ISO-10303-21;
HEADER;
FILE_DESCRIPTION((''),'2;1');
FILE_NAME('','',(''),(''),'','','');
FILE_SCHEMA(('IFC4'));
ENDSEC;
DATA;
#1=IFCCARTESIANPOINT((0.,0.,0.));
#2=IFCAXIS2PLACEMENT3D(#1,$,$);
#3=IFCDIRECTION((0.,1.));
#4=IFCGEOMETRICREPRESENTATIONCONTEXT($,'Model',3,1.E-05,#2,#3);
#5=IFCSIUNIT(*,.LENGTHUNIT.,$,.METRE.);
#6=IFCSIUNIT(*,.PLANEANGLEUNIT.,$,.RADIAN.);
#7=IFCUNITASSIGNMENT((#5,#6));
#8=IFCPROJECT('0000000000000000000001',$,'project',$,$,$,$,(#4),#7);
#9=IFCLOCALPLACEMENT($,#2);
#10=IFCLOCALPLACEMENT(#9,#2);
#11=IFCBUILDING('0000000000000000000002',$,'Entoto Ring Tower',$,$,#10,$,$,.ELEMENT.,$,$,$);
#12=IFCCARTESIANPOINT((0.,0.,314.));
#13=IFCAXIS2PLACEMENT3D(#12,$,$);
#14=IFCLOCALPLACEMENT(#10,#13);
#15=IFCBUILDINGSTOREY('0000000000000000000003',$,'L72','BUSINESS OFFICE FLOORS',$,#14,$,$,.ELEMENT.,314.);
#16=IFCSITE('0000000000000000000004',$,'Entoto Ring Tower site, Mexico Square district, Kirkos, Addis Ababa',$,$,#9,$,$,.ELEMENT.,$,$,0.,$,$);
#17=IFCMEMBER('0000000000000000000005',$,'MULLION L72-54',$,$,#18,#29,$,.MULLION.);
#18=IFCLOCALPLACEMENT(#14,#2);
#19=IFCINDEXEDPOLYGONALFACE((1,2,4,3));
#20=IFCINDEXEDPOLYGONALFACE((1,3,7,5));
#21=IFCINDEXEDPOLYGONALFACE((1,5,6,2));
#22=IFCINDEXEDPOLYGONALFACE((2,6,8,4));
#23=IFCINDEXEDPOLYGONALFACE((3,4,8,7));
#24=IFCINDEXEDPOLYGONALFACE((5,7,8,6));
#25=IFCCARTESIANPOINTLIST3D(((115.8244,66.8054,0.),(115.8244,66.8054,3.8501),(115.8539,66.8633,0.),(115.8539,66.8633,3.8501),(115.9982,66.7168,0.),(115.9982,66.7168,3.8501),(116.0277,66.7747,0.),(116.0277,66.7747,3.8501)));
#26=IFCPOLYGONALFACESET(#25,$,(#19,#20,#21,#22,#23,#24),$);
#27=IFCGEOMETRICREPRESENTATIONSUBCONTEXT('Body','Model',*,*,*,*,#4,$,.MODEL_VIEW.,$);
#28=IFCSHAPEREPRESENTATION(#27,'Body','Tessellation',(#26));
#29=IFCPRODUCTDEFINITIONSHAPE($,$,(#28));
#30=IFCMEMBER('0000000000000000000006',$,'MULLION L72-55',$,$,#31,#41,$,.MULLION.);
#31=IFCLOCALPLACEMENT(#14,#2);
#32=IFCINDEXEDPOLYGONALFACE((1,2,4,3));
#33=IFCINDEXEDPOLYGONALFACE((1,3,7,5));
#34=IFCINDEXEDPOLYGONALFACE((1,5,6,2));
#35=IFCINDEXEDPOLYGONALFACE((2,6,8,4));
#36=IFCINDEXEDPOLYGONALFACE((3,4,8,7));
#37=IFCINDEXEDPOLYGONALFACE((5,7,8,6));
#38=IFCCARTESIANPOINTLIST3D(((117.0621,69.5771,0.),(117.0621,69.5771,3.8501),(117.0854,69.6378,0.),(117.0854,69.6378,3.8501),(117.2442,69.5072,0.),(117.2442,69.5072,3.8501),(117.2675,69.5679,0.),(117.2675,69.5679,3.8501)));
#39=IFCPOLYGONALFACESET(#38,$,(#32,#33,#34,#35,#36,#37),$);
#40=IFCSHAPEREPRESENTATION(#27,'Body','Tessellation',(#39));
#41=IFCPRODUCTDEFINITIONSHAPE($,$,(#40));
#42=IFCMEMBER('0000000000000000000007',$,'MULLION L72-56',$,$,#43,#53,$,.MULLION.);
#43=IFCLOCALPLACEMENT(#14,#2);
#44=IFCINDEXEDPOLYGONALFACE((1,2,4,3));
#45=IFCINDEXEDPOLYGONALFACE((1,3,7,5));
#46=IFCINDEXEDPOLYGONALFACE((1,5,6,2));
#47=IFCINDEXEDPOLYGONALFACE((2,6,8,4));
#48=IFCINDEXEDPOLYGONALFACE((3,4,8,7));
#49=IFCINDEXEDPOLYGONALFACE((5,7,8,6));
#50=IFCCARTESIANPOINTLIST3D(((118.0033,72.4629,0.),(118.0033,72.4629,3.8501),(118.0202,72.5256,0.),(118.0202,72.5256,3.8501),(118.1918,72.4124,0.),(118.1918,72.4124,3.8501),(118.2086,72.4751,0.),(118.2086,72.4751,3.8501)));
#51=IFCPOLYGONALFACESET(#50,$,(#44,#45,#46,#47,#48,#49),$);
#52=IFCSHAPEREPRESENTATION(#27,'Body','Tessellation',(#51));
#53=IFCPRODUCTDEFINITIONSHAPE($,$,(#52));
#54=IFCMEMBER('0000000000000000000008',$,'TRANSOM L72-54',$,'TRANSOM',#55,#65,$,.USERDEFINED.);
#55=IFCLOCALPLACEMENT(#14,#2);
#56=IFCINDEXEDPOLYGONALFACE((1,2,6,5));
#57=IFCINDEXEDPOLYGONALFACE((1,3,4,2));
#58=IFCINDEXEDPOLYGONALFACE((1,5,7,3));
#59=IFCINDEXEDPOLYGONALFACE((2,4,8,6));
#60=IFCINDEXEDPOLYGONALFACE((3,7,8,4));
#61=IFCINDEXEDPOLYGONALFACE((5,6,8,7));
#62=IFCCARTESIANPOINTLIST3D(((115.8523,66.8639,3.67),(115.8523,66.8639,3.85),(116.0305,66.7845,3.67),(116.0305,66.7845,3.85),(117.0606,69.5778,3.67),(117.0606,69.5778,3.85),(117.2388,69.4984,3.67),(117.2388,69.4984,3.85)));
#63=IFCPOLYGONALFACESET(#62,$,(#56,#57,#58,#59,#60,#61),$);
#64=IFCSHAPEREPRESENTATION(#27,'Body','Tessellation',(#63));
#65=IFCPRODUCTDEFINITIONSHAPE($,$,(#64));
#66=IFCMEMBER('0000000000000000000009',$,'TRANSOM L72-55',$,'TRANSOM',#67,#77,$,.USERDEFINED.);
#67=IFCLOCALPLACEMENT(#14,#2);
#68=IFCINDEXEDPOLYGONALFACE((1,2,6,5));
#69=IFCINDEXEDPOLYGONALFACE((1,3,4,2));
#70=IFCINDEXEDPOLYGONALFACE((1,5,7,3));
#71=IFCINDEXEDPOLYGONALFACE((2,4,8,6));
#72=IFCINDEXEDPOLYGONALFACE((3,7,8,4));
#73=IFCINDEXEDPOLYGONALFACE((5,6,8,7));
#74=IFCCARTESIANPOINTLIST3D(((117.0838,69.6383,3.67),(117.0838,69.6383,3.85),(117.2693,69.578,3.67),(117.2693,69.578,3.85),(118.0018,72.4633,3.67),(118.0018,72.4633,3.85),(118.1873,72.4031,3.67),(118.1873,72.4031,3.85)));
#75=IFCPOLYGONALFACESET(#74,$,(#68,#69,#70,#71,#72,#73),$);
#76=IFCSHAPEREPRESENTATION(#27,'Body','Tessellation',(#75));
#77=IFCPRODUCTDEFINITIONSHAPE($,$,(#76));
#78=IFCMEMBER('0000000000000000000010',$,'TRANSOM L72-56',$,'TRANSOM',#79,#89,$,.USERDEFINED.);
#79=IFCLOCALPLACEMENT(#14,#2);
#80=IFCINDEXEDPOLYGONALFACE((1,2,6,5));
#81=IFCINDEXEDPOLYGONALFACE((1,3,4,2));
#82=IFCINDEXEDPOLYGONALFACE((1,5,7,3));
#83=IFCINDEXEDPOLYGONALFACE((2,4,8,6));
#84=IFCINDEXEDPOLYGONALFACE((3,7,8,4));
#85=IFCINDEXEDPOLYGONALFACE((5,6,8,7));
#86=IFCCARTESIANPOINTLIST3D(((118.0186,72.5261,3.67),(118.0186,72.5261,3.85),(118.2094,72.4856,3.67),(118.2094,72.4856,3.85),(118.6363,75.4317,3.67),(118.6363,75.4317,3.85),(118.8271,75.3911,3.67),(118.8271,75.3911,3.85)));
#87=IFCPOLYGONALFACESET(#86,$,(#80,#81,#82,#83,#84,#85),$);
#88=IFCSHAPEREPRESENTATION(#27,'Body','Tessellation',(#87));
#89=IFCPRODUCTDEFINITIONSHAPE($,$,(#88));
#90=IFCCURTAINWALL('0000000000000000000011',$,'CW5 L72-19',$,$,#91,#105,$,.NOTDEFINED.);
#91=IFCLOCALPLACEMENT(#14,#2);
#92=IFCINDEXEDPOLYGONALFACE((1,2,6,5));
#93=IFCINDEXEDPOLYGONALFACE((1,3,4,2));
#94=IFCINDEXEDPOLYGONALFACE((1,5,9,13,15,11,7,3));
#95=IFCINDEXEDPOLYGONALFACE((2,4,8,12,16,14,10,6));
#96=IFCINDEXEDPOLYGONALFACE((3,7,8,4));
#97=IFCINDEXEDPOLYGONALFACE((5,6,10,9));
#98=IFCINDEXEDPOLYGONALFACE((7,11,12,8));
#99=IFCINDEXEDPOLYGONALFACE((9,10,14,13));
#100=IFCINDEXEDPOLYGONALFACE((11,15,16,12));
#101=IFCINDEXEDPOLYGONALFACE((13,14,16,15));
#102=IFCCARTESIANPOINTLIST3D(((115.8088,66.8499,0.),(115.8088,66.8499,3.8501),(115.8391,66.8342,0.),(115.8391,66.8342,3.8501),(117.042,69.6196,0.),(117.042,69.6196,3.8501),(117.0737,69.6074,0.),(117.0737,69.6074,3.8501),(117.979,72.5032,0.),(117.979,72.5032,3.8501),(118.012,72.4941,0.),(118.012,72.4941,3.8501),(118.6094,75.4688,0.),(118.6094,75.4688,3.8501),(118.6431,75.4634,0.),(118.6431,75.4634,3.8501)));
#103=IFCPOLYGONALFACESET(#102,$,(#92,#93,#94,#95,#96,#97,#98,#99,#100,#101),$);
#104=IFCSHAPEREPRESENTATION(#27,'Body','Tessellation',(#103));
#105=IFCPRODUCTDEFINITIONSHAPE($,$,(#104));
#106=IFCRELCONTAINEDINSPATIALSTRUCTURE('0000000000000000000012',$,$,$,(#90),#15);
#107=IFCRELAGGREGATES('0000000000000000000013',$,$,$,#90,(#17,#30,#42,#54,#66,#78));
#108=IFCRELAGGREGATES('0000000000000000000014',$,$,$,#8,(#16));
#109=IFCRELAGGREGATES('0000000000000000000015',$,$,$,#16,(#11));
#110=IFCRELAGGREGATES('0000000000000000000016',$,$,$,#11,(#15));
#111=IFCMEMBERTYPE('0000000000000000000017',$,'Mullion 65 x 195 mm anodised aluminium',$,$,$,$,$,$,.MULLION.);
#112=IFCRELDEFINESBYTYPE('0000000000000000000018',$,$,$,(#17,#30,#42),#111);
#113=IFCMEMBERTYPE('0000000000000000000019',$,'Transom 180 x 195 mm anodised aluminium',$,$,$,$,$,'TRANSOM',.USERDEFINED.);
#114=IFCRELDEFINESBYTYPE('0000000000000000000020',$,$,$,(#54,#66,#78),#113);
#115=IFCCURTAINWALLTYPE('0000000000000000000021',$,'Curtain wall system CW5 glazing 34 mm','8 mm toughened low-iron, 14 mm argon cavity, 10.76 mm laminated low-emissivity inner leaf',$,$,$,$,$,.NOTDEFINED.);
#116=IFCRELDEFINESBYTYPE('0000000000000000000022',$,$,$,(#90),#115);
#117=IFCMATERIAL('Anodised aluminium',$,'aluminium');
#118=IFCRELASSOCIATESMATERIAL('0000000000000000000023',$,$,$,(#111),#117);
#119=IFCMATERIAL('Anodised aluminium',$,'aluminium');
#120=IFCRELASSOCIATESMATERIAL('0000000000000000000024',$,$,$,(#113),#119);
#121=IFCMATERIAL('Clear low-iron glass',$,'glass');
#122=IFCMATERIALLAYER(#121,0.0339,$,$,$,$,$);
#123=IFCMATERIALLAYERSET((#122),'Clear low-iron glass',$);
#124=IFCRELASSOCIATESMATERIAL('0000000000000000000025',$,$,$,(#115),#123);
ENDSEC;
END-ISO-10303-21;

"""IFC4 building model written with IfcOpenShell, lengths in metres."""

from ifc_helpers import new_model, si_unit, direction, frame, origin, origin_2d, place, context, subcontext, project, spatial, polyline, rectangle, outline, extrude, material, layer, layer_set, material_profile, profile_set, type_object, element, aggregate, save


model = new_model("IFC4")

# Units and contexts
model_context = context("Model", 3, precision=1e-05, world=origin(), true_north=direction((0.0, 1.0)))
body_context = subcontext(model_context, "Body", "Model", "MODEL_VIEW")
ifc_project = project(units=[si_unit("LENGTHUNIT", "METRE"), si_unit("PLANEANGLEUNIT", "RADIAN")], contexts=[model_context])

# Members
ifc_material_1 = material(Name="Anodised aluminium", Category="aluminium")
ifc_material_profile_1 = material_profile(ifc_material_1, rectangle(XDim=0.0649, YDim=0.1951, at=origin_2d()), Name="Mullion 65 x 195 mm anodised aluminium")
ifc_profile_set_1 = profile_set([ifc_material_profile_1], Name="Anodised aluminium")
member_type_1 = type_object("IfcMemberType", Name="Mullion 65 x 195 mm anodised aluminium", PredefinedType="MULLION", material=ifc_profile_set_1)
site_placement = place(None, origin())
building_placement = place(site_placement, origin())
storey_placement = place(building_placement, frame((0.0, 0.0, 314.0)))
member_1_placement = place(storey_placement, frame((115.926, 66.79, 0.0), z_axis=(0.0, 0.0, 1.0), x_axis=(0.45399, 0.891007, 0.0)))
member_1 = element("IfcMember", 1, at=member_1_placement, type_object=member_type_1, Name="MULLION L72-54", PredefinedType="MULLION", context=body_context, shape_type="SweptSolid", body=[
    extrude(rectangle(XDim=0.0649, YDim=0.1951, at=origin_2d()), origin(), (0.0, 0.0, 1.0), 3.8501),
])
member_2_placement = place(storey_placement, frame((117.1648, 69.5725, 0.0), z_axis=(0.0, 0.0, 1.0), x_axis=(0.358368, 0.93358, 0.0)))
member_2 = element("IfcMember", 2, at=member_2_placement, type_object=member_type_1, Name="MULLION L72-55", PredefinedType="MULLION", context=body_context, shape_type="SweptSolid", body=[
    extrude(rectangle(XDim=0.0649, YDim=0.1951, at=origin_2d()), origin(), (0.0, 0.0, 1.0), 3.8501),
])
member_3_placement = place(storey_placement, frame((118.106, 72.469, 0.0), z_axis=(0.0, 0.0, 1.0), x_axis=(0.258819, 0.965926, 0.0)))
member_3 = element("IfcMember", 3, at=member_3_placement, type_object=member_type_1, Name="MULLION L72-56", PredefinedType="MULLION", context=body_context, shape_type="SweptSolid", body=[
    extrude(rectangle(XDim=0.0649, YDim=0.1951, at=origin_2d()), origin(), (0.0, 0.0, 1.0), 3.8501),
])
ifc_material_2 = material(Name="Anodised aluminium", Category="aluminium")
ifc_material_profile_2 = material_profile(ifc_material_2, rectangle(XDim=0.1951, YDim=0.1799, at=origin_2d()), Name="Transom 180 x 195 mm anodised aluminium")
ifc_profile_set_2 = profile_set([ifc_material_profile_2], Name="Anodised aluminium")
member_type_2 = type_object("IfcMemberType", Name="Transom 180 x 195 mm anodised aluminium", ElementType="TRANSOM", PredefinedType="USERDEFINED", material=ifc_profile_set_2)
member_4_placement = place(storey_placement, frame((115.9414, 66.8242, 3.76), z_axis=(0.406726, 0.91355, 0.0), x_axis=(-0.91355, 0.406726, 0.0)))
member_4 = element("IfcMember", 4, at=member_4_placement, type_object=member_type_2, Name="TRANSOM L72-54", ObjectType="TRANSOM", PredefinedType="USERDEFINED", context=body_context, shape_type="SweptSolid", body=[
    extrude(rectangle(XDim=0.1951, YDim=0.1799, at=origin_2d()), origin(), (0.0, 0.0, 1.0), 2.9707),
])
member_5_placement = place(storey_placement, frame((117.1765, 69.6082, 3.76), z_axis=(0.309043, 0.951048, 0.0), x_axis=(-0.951048, 0.309043, 0.0)))
member_5 = element("IfcMember", 5, at=member_5_placement, type_object=member_type_2, Name="TRANSOM L72-55", ObjectType="TRANSOM", PredefinedType="USERDEFINED", context=body_context, shape_type="SweptSolid", body=[
    extrude(rectangle(XDim=0.1951, YDim=0.1799, at=origin_2d()), origin(), (0.0, 0.0, 1.0), 2.9705),
])
member_6_placement = place(storey_placement, frame((118.114, 72.5059, 3.76), z_axis=(0.20794, 0.978142, 0.0), x_axis=(-0.978142, 0.20794, 0.0)))
member_6 = element("IfcMember", 6, at=member_6_placement, type_object=member_type_2, Name="TRANSOM L72-56", ObjectType="TRANSOM", PredefinedType="USERDEFINED", context=body_context, shape_type="SweptSolid", body=[
    extrude(rectangle(XDim=0.1951, YDim=0.1799, at=origin_2d()), origin(), (0.0, 0.0, 1.0), 2.9705),
])

# Site, building, storey
site = spatial("IfcSite", under=ifc_project, at=site_placement, Name="Entoto Ring Tower site, Mexico Square district, Kirkos, Addis Ababa", CompositionType="ELEMENT", RefElevation=0.0)
building = spatial("IfcBuilding", under=site, at=building_placement, Name="Entoto Ring Tower", CompositionType="ELEMENT")
storey = spatial("IfcBuildingStorey", under=building, at=storey_placement, Name="L72", Description="BUSINESS OFFICE FLOORS", CompositionType="ELEMENT", Elevation=314.0)

# Curtain wall
ifc_material_3 = material(Name="Clear low-iron glass", Category="glass")
ifc_layer_1 = layer(ifc_material_3, 0.0339)
ifc_layer_set_1 = layer_set([ifc_layer_1], Name="Clear low-iron glass")
curtain_wall_type = type_object("IfcCurtainWallType", Name="Curtain wall system CW5 glazing 34 mm", Description="8 mm toughened low-iron, 14 mm argon cavity, 10.76 mm laminated low-emissivity inner leaf", PredefinedType="NOTDEFINED", material=ifc_layer_set_1)
curtain_wall_1_placement = place(storey_placement, origin())
curtain_wall_1 = element("IfcCurtainWall", 7, at=curtain_wall_1_placement, inside=storey, type_object=curtain_wall_type, Name="CW5 L72-19", PredefinedType="NOTDEFINED", context=body_context, shape_type="SweptSolid", body=[
    extrude(outline(polyline([(115.8391, 66.8342), (117.0737, 69.6074), (118.012, 72.4941), (118.6431, 75.4634), (118.6094, 75.4688), (117.979, 72.5032), (117.042, 69.6196), (115.8088, 66.8499), (115.8391, 66.8342)])), origin(), (0.0, 0.0, 1.0), 3.8501),
])
aggregate(curtain_wall_1, [member_1, member_2, member_3, member_4, member_5, member_6])

save(model, "model.ifc")
